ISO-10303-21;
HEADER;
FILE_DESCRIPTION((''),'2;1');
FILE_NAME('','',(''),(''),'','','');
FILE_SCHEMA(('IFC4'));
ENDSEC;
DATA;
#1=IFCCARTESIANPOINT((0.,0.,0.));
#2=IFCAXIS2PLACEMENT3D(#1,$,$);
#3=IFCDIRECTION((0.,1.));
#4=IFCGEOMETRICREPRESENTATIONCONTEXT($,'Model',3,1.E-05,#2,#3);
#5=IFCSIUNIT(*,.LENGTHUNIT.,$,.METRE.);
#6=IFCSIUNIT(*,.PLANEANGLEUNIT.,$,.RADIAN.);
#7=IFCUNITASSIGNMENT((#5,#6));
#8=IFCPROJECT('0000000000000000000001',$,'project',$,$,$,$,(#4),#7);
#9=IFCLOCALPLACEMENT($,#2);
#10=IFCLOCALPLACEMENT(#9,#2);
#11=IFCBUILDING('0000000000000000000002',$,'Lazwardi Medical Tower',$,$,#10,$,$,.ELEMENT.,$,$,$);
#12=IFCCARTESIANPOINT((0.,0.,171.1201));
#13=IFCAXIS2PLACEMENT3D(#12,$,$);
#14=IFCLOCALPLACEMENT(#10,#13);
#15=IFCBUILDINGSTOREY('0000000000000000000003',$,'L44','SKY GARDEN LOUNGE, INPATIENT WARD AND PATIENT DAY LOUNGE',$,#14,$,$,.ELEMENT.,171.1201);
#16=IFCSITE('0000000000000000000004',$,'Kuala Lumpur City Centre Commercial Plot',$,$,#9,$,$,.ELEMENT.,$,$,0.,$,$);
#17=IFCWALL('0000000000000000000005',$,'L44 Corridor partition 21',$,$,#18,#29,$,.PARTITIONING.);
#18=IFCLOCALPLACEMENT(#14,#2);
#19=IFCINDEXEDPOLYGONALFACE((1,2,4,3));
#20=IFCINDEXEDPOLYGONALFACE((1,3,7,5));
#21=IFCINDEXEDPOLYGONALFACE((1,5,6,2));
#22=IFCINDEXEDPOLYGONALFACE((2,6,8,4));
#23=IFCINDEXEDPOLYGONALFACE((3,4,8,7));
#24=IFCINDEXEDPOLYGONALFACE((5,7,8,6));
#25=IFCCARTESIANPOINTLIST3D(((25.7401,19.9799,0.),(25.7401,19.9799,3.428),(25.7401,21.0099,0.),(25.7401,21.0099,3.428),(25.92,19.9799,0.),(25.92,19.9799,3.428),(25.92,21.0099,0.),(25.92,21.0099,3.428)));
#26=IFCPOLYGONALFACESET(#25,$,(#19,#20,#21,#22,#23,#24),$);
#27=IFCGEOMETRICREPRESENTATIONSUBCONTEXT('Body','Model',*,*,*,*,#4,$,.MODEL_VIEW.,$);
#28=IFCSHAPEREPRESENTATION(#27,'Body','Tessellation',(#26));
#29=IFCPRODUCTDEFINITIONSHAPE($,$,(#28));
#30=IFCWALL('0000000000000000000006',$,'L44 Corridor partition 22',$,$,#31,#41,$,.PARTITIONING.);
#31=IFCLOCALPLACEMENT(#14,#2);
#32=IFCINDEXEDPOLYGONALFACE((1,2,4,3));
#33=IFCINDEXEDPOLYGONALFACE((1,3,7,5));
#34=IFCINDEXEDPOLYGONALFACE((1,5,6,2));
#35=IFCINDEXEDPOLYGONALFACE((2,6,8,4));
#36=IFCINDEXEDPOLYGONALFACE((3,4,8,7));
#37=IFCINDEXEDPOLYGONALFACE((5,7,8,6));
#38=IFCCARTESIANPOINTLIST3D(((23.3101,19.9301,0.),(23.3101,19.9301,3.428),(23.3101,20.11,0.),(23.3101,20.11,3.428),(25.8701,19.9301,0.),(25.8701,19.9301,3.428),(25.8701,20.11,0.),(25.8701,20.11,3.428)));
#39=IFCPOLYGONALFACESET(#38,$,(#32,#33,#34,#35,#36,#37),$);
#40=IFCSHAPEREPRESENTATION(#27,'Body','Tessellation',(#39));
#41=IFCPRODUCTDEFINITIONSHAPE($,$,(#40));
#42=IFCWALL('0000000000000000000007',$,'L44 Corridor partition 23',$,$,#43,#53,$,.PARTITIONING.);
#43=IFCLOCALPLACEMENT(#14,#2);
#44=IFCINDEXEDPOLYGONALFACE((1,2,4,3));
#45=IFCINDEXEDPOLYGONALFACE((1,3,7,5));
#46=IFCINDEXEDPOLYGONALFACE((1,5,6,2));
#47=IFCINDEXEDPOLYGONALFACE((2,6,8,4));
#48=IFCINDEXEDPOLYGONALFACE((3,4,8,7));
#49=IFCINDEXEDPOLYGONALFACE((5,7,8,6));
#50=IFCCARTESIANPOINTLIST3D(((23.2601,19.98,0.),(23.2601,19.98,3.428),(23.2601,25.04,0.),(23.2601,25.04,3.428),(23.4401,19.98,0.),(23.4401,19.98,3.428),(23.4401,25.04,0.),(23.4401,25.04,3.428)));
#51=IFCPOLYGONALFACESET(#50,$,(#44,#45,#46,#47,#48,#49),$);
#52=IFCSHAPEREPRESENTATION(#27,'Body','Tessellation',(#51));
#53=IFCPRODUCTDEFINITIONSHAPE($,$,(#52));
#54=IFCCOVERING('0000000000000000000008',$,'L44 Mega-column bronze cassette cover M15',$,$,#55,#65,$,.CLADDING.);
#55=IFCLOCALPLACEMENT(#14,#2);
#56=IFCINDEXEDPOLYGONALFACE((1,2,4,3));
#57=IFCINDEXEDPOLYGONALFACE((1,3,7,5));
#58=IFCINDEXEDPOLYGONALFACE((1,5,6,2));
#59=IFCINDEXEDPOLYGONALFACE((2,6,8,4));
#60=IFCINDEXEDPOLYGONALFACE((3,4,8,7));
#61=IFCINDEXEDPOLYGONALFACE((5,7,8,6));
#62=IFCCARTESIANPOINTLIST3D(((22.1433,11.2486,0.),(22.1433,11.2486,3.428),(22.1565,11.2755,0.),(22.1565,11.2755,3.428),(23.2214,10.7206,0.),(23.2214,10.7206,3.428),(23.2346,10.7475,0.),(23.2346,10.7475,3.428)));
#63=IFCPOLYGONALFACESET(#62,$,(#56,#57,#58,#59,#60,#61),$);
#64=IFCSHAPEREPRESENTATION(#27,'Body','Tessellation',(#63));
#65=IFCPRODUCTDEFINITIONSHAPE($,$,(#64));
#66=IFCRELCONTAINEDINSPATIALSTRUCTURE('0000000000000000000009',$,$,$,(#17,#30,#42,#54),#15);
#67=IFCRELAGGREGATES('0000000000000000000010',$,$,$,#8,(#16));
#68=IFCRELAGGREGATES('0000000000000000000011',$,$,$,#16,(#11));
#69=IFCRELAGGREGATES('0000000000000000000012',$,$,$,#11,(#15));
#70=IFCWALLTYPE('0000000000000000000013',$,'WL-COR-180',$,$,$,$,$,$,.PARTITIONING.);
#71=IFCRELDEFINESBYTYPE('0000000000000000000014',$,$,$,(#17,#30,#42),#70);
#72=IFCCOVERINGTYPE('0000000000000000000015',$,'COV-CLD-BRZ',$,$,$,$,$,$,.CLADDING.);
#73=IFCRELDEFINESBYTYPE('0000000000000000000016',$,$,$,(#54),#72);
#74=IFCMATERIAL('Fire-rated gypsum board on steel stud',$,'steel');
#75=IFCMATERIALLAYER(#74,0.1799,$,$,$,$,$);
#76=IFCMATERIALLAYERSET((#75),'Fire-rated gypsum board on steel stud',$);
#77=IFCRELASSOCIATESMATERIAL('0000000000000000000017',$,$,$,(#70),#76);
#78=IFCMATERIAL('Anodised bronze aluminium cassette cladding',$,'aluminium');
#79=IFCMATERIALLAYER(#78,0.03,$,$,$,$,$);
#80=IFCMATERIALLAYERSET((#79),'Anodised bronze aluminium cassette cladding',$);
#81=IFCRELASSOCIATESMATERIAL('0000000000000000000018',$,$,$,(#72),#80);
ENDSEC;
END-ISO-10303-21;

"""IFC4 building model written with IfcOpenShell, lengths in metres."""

from ifc_helpers import new_model, si_unit, direction, frame, frame_2d, origin, origin_2d, place, context, subcontext, project, spatial, rectangle, extrude, material, layer, layer_set, type_object, element, save


model = new_model("IFC4")

# Units and contexts
model_context = context("Model", 3, precision=1e-05, world=origin(), true_north=direction((0.0, 1.0)))
body_context = subcontext(model_context, "Body", "Model", "MODEL_VIEW")
ifc_project = project(units=[si_unit("LENGTHUNIT", "METRE"), si_unit("PLANEANGLEUNIT", "RADIAN")], contexts=[model_context])

# Site, building, storey
site_placement = place(None, origin())
site = spatial("IfcSite", under=ifc_project, at=site_placement, Name="Kuala Lumpur City Centre Commercial Plot", CompositionType="ELEMENT", RefElevation=0.0)
building_placement = place(site_placement, origin())
building = spatial("IfcBuilding", under=site, at=building_placement, Name="Lazwardi Medical Tower", CompositionType="ELEMENT")
storey_placement = place(building_placement, frame((0.0, 0.0, 171.1201)))
storey = spatial("IfcBuildingStorey", under=building, at=storey_placement, Name="L44", Description="SKY GARDEN LOUNGE, INPATIENT WARD AND PATIENT DAY LOUNGE", CompositionType="ELEMENT", Elevation=171.1201)

# Walls
ifc_material_1 = material(Name="Fire-rated gypsum board on steel stud", Category="steel")
ifc_layer_1 = layer(ifc_material_1, 0.1799)
ifc_layer_set_1 = layer_set([ifc_layer_1], Name="Fire-rated gypsum board on steel stud")
wall_type_1 = type_object("IfcWallType", Name="WL-COR-180", PredefinedType="PARTITIONING", material=ifc_layer_set_1)
wall_1_placement = place(storey_placement, frame((25.8301, 21.01, 0.0), z_axis=(0.0, 0.0, 1.0), x_axis=(0.0, -1.0, 0.0)))
element("IfcWall", 1, at=wall_1_placement, inside=storey, type_object=wall_type_1, Name="L44 Corridor partition 21", PredefinedType="PARTITIONING", context=body_context, shape_type="SweptSolid", body=[
    extrude(rectangle(XDim=1.03, YDim=0.1799, at=frame_2d((0.5151, 0.0))), origin(), (0.0, 0.0, 1.0), 3.428),
])
wall_2_placement = place(storey_placement, frame((25.8701, 20.02, 0.0), z_axis=(0.0, 0.0, 1.0), x_axis=(-1.0, 0.0, 0.0)))
element("IfcWall", 2, at=wall_2_placement, inside=storey, type_object=wall_type_1, Name="L44 Corridor partition 22", PredefinedType="PARTITIONING", context=body_context, shape_type="SweptSolid", body=[
    extrude(rectangle(XDim=2.5601, YDim=0.1799, at=frame_2d((1.28, 0.0))), origin(), (0.0, 0.0, 1.0), 3.428),
])
wall_3_placement = place(storey_placement, frame((23.3501, 19.98, 0.0), z_axis=(0.0, 0.0, 1.0), x_axis=(0.0, 1.0, 0.0)))
element("IfcWall", 3, at=wall_3_placement, inside=storey, type_object=wall_type_1, Name="L44 Corridor partition 23", PredefinedType="PARTITIONING", context=body_context, shape_type="SweptSolid", body=[
    extrude(rectangle(XDim=5.0601, YDim=0.1799, at=frame_2d((2.53, 0.0))), origin(), (0.0, 0.0, 1.0), 3.428),
])

# Covering
ifc_material_2 = material(Name="Anodised bronze aluminium cassette cladding", Category="aluminium")
ifc_layer_2 = layer(ifc_material_2, 0.03)
ifc_layer_set_2 = layer_set([ifc_layer_2], Name="Anodised bronze aluminium cassette cladding")
covering_type = type_object("IfcCoveringType", Name="COV-CLD-BRZ", PredefinedType="CLADDING", material=ifc_layer_set_2)
covering_placement = place(storey_placement, frame((22.689, 10.998, 0.0), z_axis=(0.0, 0.0, 1.0), x_axis=(0.898079, -0.439834, 0.0)))
element("IfcCovering", 4, at=covering_placement, inside=storey, type_object=covering_type, Name="L44 Mega-column bronze cassette cover M15", PredefinedType="CLADDING", context=body_context, shape_type="SweptSolid", body=[
    extrude(rectangle(XDim=1.2004, YDim=0.03, at=origin_2d()), origin(), (0.0, 0.0, 1.0), 3.428),
])

save(model, "model.ifc")
